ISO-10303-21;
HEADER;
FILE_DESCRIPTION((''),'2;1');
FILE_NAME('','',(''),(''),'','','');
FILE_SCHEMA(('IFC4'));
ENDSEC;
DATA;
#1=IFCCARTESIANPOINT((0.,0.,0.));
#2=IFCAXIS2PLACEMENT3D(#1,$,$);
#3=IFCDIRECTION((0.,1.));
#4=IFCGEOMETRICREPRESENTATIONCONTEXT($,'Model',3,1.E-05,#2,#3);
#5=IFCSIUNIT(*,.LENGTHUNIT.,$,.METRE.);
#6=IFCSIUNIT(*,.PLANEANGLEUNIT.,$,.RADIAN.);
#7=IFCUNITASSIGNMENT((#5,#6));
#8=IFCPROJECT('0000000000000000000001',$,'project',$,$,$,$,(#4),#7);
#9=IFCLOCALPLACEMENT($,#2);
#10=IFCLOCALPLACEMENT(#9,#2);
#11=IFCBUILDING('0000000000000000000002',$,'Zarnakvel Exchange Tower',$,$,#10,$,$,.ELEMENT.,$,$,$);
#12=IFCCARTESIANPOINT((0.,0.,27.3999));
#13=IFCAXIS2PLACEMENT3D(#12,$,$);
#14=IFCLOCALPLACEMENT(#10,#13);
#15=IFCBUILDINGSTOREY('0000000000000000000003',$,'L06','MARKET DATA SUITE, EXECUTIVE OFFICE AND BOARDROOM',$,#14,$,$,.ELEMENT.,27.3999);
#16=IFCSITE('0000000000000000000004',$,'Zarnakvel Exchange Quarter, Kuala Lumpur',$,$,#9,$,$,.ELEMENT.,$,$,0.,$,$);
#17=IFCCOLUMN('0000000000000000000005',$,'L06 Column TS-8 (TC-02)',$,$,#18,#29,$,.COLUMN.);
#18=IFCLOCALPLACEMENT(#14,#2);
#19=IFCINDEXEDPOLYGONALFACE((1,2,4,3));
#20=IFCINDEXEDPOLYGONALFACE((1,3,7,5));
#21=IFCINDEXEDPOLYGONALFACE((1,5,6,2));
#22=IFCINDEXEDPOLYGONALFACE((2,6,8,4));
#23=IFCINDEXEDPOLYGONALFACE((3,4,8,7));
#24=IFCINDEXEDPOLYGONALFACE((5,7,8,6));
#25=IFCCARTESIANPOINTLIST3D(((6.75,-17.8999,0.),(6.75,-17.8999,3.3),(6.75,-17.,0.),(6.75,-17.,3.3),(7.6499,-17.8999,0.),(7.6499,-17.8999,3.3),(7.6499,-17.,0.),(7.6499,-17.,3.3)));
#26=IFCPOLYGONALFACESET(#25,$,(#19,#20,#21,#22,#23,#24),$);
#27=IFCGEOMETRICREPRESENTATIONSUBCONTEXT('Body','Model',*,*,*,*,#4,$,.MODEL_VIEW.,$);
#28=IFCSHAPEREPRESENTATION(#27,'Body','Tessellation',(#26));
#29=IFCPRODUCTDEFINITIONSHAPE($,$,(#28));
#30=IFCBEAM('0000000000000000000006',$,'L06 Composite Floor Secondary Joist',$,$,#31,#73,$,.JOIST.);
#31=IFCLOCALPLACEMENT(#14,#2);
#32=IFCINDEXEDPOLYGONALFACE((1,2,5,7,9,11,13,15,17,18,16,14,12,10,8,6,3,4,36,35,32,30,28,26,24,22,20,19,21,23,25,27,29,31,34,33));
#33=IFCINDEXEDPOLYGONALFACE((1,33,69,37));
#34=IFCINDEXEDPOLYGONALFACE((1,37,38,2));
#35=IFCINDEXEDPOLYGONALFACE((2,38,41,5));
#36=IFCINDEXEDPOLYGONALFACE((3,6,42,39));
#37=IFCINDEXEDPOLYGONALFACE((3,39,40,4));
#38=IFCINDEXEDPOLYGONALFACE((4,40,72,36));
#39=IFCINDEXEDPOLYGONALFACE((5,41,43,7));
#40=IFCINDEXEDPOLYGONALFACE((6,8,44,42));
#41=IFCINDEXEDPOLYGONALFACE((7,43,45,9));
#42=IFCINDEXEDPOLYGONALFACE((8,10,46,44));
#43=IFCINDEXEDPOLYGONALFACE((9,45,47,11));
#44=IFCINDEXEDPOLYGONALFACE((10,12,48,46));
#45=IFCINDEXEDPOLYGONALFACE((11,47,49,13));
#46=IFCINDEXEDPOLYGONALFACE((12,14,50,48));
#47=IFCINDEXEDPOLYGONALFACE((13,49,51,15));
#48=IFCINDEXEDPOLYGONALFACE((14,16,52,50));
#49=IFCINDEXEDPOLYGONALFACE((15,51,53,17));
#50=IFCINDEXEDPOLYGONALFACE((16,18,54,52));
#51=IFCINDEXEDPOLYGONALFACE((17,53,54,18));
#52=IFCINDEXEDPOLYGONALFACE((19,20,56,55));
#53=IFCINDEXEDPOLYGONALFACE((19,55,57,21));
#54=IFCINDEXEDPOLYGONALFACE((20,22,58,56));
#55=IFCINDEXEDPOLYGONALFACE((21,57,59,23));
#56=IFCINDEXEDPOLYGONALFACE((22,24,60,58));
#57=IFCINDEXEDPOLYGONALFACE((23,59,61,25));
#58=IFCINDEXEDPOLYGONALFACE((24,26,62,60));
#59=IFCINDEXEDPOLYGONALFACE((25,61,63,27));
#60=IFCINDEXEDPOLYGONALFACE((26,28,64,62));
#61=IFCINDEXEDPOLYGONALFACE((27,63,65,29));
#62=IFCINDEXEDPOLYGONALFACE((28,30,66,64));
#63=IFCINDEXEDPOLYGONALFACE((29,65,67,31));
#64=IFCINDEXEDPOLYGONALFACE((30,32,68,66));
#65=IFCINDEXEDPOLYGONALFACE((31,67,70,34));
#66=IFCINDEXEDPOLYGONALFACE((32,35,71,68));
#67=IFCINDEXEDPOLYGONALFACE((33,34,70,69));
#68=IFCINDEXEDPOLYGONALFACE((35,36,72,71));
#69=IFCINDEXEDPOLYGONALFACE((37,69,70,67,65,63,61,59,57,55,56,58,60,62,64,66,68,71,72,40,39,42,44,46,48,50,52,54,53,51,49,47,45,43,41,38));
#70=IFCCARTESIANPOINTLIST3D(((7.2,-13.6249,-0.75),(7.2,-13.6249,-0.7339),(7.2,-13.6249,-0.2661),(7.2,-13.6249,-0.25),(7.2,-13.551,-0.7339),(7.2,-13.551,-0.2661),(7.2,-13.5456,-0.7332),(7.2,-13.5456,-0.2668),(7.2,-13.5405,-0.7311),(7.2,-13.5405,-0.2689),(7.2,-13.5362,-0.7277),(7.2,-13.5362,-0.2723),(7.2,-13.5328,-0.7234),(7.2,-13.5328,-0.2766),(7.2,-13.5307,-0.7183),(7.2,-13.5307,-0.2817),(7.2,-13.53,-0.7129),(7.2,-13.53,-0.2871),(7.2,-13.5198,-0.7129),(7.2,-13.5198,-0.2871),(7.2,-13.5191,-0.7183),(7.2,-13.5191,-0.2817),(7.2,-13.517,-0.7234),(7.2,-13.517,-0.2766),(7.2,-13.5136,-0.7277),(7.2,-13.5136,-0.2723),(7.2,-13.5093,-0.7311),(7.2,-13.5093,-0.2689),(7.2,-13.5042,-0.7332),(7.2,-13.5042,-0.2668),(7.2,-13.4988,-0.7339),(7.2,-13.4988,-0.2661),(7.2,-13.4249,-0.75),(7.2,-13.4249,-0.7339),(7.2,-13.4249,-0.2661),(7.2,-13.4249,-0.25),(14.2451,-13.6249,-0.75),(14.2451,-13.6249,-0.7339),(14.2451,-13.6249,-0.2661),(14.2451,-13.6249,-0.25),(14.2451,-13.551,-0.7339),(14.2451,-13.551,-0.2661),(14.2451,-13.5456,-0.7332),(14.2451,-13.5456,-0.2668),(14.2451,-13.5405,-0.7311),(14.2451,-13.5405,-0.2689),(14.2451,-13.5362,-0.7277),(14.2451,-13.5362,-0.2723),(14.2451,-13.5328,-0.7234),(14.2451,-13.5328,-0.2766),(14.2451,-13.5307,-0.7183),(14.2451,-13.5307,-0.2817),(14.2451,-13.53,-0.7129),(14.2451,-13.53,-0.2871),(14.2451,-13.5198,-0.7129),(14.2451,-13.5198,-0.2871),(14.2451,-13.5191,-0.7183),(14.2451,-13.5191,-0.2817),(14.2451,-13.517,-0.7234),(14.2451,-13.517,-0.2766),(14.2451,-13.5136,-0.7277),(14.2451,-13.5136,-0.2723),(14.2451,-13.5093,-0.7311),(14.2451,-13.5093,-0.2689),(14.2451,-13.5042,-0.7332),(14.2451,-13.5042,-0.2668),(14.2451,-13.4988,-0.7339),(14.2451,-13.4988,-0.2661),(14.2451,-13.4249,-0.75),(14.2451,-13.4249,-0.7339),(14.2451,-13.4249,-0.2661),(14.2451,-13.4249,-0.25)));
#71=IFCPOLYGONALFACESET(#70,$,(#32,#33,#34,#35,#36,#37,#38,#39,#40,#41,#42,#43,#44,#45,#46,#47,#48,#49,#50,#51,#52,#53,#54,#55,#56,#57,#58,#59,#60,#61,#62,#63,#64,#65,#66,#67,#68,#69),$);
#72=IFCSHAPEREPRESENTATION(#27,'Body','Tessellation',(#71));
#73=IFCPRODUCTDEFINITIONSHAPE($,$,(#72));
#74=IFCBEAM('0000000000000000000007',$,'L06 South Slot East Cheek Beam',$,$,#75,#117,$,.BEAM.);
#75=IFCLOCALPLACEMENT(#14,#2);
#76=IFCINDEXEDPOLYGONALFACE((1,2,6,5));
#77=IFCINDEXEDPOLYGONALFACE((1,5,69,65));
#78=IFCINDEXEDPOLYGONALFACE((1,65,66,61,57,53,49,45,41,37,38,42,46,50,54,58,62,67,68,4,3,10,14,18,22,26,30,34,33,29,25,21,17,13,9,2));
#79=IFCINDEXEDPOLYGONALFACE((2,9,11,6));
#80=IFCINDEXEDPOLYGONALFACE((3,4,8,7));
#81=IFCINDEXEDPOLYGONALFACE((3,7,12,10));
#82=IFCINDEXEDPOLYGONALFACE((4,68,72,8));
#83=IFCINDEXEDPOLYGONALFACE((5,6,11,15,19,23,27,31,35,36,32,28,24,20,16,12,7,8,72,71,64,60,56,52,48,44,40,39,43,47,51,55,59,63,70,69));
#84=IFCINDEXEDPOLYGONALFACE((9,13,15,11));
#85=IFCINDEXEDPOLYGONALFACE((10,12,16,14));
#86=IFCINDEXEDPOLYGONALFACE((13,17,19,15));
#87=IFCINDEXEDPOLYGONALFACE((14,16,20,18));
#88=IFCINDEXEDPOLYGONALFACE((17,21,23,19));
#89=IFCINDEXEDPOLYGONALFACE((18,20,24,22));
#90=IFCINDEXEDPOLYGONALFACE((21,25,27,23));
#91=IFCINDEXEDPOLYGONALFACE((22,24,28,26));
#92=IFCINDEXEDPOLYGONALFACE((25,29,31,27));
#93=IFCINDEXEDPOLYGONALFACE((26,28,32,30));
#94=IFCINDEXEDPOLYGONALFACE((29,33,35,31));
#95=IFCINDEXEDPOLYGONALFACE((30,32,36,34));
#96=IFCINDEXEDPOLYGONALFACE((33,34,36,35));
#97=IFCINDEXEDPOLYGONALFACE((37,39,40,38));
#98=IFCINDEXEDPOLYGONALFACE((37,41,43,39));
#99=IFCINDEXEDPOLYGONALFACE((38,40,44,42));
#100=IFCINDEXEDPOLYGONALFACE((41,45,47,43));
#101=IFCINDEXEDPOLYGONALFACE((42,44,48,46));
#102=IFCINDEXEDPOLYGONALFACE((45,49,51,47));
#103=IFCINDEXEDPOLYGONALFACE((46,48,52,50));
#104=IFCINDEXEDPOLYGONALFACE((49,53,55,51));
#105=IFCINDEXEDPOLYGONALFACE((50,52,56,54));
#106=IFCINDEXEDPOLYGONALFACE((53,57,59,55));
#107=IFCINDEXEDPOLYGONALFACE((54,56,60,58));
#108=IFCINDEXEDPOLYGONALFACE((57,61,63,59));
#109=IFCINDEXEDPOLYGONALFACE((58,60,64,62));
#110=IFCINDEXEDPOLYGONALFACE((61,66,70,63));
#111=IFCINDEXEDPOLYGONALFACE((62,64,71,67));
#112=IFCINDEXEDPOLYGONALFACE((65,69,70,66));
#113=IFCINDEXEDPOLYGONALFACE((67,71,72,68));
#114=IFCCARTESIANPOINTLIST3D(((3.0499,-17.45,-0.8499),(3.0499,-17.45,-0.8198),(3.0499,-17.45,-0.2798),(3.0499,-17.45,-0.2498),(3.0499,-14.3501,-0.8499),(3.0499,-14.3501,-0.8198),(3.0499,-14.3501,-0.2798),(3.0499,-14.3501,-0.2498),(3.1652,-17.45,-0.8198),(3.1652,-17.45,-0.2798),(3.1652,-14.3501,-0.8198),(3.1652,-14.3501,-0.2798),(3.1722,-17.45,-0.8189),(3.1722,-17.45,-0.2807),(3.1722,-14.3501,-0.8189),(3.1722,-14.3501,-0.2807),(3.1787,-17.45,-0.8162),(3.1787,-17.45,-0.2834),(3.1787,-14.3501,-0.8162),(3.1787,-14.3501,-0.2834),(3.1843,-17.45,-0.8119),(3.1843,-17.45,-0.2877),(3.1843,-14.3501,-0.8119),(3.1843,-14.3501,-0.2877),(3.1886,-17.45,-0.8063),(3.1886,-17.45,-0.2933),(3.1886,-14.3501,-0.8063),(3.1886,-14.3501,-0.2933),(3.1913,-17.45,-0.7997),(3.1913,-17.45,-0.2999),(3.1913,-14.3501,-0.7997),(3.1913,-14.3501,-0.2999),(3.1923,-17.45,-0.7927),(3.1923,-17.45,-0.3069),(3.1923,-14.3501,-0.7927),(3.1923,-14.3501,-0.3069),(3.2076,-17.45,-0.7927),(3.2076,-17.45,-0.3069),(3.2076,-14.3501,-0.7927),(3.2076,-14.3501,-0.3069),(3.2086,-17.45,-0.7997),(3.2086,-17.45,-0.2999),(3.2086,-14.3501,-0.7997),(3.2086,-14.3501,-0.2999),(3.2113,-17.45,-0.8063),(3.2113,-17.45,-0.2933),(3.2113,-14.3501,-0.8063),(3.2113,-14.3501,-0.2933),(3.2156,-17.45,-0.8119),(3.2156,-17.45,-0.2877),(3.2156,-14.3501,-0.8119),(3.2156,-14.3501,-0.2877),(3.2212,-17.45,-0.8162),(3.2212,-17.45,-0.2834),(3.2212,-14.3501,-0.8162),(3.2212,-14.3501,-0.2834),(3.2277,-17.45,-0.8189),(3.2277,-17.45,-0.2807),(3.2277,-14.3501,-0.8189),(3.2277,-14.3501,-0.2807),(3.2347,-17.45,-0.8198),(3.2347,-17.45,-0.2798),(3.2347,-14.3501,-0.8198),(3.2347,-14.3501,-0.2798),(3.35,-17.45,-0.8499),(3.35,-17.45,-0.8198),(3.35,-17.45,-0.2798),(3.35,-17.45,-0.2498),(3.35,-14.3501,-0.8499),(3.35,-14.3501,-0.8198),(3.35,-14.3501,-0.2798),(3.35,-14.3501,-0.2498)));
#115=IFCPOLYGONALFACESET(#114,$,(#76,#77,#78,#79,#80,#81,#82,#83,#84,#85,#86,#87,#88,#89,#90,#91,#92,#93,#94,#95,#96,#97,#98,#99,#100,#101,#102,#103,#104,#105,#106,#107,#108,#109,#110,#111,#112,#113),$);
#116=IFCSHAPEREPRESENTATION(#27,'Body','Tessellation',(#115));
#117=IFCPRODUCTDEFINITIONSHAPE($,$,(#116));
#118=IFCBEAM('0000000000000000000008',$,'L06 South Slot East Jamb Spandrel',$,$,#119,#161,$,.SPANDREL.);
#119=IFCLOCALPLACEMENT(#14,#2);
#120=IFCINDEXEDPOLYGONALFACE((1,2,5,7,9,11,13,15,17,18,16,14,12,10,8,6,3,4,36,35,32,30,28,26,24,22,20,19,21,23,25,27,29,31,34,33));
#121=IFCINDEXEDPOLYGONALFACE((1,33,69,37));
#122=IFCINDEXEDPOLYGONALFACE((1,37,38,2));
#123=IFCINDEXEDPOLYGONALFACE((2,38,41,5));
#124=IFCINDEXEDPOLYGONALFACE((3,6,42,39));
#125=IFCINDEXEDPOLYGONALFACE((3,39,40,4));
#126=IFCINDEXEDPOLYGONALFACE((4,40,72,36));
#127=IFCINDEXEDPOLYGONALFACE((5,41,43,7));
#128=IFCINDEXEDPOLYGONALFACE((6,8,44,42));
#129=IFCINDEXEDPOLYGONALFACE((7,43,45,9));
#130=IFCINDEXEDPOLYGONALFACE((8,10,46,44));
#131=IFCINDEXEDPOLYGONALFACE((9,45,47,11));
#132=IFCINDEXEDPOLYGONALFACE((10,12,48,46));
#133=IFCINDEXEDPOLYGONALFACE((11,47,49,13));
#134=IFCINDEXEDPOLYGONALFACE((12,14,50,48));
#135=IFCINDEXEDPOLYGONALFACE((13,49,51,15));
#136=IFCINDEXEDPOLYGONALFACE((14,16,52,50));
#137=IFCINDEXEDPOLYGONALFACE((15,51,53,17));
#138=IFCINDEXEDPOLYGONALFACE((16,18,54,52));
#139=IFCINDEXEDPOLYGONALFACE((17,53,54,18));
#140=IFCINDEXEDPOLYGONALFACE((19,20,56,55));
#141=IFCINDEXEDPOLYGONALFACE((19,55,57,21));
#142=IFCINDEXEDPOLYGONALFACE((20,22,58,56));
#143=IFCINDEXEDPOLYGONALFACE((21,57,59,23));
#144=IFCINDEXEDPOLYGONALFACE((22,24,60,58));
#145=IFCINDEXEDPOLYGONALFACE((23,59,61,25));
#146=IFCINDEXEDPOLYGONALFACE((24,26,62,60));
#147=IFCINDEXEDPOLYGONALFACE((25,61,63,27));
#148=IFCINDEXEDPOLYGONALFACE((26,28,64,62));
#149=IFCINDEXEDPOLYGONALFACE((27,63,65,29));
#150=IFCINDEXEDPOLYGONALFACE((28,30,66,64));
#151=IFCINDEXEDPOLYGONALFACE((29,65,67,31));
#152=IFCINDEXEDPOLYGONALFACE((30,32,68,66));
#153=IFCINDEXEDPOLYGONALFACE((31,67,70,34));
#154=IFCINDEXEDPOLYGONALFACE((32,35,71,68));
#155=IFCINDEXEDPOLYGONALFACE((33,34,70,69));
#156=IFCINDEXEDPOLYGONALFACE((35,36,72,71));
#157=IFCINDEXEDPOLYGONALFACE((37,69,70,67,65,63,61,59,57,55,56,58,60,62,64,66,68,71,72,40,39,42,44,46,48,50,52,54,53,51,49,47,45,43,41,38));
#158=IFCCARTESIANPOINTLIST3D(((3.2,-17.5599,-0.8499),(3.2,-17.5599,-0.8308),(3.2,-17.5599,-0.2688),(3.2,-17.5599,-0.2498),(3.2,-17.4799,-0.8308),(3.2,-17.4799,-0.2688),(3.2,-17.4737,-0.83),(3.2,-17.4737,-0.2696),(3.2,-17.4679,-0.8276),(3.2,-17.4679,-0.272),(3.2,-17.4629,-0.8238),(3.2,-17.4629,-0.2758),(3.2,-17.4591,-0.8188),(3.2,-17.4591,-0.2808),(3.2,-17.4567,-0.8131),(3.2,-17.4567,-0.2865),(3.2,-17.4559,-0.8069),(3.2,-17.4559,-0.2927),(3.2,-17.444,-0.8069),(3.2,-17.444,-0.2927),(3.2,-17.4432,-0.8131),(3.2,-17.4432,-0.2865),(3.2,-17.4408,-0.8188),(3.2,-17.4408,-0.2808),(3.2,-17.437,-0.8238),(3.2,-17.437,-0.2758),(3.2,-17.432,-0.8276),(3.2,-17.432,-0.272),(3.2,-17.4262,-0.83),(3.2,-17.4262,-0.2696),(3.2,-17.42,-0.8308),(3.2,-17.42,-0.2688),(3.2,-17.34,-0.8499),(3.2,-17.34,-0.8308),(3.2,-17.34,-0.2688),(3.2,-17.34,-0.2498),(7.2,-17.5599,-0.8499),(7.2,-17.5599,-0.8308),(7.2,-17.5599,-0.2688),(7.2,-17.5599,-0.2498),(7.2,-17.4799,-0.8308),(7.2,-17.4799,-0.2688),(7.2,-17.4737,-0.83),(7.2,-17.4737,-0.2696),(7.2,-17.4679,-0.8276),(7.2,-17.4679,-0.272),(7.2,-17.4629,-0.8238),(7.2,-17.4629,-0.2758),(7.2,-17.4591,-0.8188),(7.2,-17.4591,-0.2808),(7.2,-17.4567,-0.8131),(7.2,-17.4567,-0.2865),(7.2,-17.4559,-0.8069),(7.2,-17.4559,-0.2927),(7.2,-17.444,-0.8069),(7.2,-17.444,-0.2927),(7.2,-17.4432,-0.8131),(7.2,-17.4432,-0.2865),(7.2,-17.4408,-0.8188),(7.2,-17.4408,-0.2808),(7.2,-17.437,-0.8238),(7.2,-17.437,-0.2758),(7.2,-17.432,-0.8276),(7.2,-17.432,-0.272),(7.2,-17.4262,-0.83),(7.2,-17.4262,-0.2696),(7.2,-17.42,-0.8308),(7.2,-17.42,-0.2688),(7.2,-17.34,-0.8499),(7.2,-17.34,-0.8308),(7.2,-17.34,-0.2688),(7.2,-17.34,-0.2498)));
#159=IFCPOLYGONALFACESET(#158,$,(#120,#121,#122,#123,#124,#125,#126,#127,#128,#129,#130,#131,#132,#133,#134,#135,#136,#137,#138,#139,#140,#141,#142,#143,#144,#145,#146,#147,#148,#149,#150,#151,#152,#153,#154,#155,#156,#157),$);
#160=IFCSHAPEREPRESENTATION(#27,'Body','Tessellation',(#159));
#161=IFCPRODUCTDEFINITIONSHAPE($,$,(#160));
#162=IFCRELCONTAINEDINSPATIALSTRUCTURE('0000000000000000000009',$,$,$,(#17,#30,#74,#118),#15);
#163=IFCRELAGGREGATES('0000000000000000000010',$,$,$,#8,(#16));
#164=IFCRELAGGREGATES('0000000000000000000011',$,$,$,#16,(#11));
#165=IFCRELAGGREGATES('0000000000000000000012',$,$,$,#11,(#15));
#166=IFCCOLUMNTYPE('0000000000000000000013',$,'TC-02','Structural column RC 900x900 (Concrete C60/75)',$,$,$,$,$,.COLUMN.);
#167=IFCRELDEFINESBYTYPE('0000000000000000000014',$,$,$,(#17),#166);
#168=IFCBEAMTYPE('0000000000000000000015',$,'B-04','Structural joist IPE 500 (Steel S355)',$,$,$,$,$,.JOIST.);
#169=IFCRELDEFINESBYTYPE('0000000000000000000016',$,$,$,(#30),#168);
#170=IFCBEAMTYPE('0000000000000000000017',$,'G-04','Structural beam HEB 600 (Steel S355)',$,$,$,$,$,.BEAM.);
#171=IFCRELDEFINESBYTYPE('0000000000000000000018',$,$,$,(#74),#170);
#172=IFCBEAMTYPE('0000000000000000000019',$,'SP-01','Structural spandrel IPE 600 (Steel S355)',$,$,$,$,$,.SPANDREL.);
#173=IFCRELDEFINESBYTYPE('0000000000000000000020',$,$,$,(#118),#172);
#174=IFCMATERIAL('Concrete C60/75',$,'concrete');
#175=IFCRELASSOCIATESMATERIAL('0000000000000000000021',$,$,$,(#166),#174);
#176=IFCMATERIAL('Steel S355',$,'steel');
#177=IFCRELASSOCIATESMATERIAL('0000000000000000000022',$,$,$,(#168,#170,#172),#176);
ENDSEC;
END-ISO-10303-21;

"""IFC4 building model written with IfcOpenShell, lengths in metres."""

from ifc_helpers import new_model, si_unit, direction, frame, origin, origin_2d, place, context, subcontext, project, spatial, rectangle, i_section, extrude, material, material_profile, profile_set, type_object, element, save


model = new_model("IFC4")

# Units and contexts
model_context = context("Model", 3, precision=1e-05, world=origin(), true_north=direction((0.0, 1.0)))
body_context = subcontext(model_context, "Body", "Model", "MODEL_VIEW")
ifc_project = project(units=[si_unit("LENGTHUNIT", "METRE"), si_unit("PLANEANGLEUNIT", "RADIAN")], contexts=[model_context])

# Site, building, storey
site_placement = place(None, origin())
site = spatial("IfcSite", under=ifc_project, at=site_placement, Name="Zarnakvel Exchange Quarter, Kuala Lumpur", CompositionType="ELEMENT", RefElevation=0.0)
building_placement = place(site_placement, origin())
building = spatial("IfcBuilding", under=site, at=building_placement, Name="Zarnakvel Exchange Tower", CompositionType="ELEMENT")
storey_placement = place(building_placement, frame((0.0, 0.0, 27.3999)))
storey = spatial("IfcBuildingStorey", under=building, at=storey_placement, Name="L06", Description="MARKET DATA SUITE, EXECUTIVE OFFICE AND BOARDROOM", CompositionType="ELEMENT", Elevation=27.3999)

# Column
ifc_material_1 = material(Name="Concrete C60/75", Category="concrete")
ifc_material_profile_1 = material_profile(ifc_material_1, rectangle(XDim=0.8999, YDim=0.8999, at=origin_2d()))
ifc_profile_set_1 = profile_set([ifc_material_profile_1], Name="Concrete C60/75")
column_type = type_object("IfcColumnType", Name="TC-02", Description="Structural column RC 900x900 (Concrete C60/75)", PredefinedType="COLUMN", material=ifc_profile_set_1)
column_placement = place(storey_placement, frame((7.2, -17.45, 0.0), z_axis=(0.0, 0.0, 1.0), x_axis=(1.0, 0.0, 0.0)))
element("IfcColumn", 1, at=column_placement, inside=storey, type_object=column_type, Name="L06 Column TS-8 (TC-02)", PredefinedType="COLUMN", context=body_context, shape_type="SweptSolid", body=[
    extrude(rectangle(XDim=0.8999, YDim=0.8999, at=origin_2d()), origin(), (0.0, 0.0, 1.0), 3.3),
])

# Beams
ifc_material_2 = material(Name="Steel S355", Category="steel")
ifc_material_profile_2 = material_profile(ifc_material_2, i_section(OverallWidth=0.2, OverallDepth=0.5, WebThickness=0.0103, FlangeThickness=0.0161, FilletRadius=0.021, at=origin_2d()))
ifc_profile_set_2 = profile_set([ifc_material_profile_2], Name="Steel S355")
beam_type_1 = type_object("IfcBeamType", Name="B-04", Description="Structural joist IPE 500 (Steel S355)", PredefinedType="JOIST", material=ifc_profile_set_2)
beam_1_placement = place(storey_placement, frame((7.2, -13.5249, -0.5), z_axis=(1.0, 0.0, 0.0), x_axis=(0.0, 1.0, 0.0)))
element("IfcBeam", 2, at=beam_1_placement, inside=storey, type_object=beam_type_1, Name="L06 Composite Floor Secondary Joist", PredefinedType="JOIST", context=body_context, shape_type="SweptSolid", body=[
    extrude(i_section(OverallWidth=0.2, OverallDepth=0.5, WebThickness=0.0103, FlangeThickness=0.0161, FilletRadius=0.021, at=origin_2d()), origin(), (0.0, 0.0, 1.0), 7.0452),
])
ifc_material_profile_3 = material_profile(ifc_material_2, i_section(OverallWidth=0.3, OverallDepth=0.6001, WebThickness=0.0154, FlangeThickness=0.03, FilletRadius=0.0271, at=origin_2d()))
ifc_profile_set_3 = profile_set([ifc_material_profile_3], Name="Steel S355")
beam_type_2 = type_object("IfcBeamType", Name="G-04", Description="Structural beam HEB 600 (Steel S355)", PredefinedType="BEAM", material=ifc_profile_set_3)
beam_2_placement = place(storey_placement, frame((3.2, -17.45, -0.5498), z_axis=(0.0, 1.0, 0.0), x_axis=(-1.0, 0.0, 0.0)))
element("IfcBeam", 3, at=beam_2_placement, inside=storey, type_object=beam_type_2, Name="L06 South Slot East Cheek Beam", PredefinedType="BEAM", context=body_context, shape_type="SweptSolid", body=[
    extrude(i_section(OverallWidth=0.3, OverallDepth=0.6001, WebThickness=0.0154, FlangeThickness=0.03, FilletRadius=0.0271, at=origin_2d()), origin(), (0.0, 0.0, 1.0), 3.0999),
])
ifc_material_profile_4 = material_profile(ifc_material_2, i_section(OverallWidth=0.22, OverallDepth=0.6001, WebThickness=0.012, FlangeThickness=0.019, FilletRadius=0.0239, at=origin_2d()))
ifc_profile_set_4 = profile_set([ifc_material_profile_4], Name="Steel S355")
beam_type_3 = type_object("IfcBeamType", Name="SP-01", Description="Structural spandrel IPE 600 (Steel S355)", PredefinedType="SPANDREL", material=ifc_profile_set_4)
beam_3_placement = place(storey_placement, frame((3.2, -17.45, -0.5498), z_axis=(1.0, 0.0, 0.0), x_axis=(0.0, 1.0, 0.0)))
element("IfcBeam", 4, at=beam_3_placement, inside=storey, type_object=beam_type_3, Name="L06 South Slot East Jamb Spandrel", PredefinedType="SPANDREL", context=body_context, shape_type="SweptSolid", body=[
    extrude(i_section(OverallWidth=0.22, OverallDepth=0.6001, WebThickness=0.012, FlangeThickness=0.019, FilletRadius=0.0239, at=origin_2d()), origin(), (0.0, 0.0, 1.0), 4.0),
])

save(model, "model.ifc")
